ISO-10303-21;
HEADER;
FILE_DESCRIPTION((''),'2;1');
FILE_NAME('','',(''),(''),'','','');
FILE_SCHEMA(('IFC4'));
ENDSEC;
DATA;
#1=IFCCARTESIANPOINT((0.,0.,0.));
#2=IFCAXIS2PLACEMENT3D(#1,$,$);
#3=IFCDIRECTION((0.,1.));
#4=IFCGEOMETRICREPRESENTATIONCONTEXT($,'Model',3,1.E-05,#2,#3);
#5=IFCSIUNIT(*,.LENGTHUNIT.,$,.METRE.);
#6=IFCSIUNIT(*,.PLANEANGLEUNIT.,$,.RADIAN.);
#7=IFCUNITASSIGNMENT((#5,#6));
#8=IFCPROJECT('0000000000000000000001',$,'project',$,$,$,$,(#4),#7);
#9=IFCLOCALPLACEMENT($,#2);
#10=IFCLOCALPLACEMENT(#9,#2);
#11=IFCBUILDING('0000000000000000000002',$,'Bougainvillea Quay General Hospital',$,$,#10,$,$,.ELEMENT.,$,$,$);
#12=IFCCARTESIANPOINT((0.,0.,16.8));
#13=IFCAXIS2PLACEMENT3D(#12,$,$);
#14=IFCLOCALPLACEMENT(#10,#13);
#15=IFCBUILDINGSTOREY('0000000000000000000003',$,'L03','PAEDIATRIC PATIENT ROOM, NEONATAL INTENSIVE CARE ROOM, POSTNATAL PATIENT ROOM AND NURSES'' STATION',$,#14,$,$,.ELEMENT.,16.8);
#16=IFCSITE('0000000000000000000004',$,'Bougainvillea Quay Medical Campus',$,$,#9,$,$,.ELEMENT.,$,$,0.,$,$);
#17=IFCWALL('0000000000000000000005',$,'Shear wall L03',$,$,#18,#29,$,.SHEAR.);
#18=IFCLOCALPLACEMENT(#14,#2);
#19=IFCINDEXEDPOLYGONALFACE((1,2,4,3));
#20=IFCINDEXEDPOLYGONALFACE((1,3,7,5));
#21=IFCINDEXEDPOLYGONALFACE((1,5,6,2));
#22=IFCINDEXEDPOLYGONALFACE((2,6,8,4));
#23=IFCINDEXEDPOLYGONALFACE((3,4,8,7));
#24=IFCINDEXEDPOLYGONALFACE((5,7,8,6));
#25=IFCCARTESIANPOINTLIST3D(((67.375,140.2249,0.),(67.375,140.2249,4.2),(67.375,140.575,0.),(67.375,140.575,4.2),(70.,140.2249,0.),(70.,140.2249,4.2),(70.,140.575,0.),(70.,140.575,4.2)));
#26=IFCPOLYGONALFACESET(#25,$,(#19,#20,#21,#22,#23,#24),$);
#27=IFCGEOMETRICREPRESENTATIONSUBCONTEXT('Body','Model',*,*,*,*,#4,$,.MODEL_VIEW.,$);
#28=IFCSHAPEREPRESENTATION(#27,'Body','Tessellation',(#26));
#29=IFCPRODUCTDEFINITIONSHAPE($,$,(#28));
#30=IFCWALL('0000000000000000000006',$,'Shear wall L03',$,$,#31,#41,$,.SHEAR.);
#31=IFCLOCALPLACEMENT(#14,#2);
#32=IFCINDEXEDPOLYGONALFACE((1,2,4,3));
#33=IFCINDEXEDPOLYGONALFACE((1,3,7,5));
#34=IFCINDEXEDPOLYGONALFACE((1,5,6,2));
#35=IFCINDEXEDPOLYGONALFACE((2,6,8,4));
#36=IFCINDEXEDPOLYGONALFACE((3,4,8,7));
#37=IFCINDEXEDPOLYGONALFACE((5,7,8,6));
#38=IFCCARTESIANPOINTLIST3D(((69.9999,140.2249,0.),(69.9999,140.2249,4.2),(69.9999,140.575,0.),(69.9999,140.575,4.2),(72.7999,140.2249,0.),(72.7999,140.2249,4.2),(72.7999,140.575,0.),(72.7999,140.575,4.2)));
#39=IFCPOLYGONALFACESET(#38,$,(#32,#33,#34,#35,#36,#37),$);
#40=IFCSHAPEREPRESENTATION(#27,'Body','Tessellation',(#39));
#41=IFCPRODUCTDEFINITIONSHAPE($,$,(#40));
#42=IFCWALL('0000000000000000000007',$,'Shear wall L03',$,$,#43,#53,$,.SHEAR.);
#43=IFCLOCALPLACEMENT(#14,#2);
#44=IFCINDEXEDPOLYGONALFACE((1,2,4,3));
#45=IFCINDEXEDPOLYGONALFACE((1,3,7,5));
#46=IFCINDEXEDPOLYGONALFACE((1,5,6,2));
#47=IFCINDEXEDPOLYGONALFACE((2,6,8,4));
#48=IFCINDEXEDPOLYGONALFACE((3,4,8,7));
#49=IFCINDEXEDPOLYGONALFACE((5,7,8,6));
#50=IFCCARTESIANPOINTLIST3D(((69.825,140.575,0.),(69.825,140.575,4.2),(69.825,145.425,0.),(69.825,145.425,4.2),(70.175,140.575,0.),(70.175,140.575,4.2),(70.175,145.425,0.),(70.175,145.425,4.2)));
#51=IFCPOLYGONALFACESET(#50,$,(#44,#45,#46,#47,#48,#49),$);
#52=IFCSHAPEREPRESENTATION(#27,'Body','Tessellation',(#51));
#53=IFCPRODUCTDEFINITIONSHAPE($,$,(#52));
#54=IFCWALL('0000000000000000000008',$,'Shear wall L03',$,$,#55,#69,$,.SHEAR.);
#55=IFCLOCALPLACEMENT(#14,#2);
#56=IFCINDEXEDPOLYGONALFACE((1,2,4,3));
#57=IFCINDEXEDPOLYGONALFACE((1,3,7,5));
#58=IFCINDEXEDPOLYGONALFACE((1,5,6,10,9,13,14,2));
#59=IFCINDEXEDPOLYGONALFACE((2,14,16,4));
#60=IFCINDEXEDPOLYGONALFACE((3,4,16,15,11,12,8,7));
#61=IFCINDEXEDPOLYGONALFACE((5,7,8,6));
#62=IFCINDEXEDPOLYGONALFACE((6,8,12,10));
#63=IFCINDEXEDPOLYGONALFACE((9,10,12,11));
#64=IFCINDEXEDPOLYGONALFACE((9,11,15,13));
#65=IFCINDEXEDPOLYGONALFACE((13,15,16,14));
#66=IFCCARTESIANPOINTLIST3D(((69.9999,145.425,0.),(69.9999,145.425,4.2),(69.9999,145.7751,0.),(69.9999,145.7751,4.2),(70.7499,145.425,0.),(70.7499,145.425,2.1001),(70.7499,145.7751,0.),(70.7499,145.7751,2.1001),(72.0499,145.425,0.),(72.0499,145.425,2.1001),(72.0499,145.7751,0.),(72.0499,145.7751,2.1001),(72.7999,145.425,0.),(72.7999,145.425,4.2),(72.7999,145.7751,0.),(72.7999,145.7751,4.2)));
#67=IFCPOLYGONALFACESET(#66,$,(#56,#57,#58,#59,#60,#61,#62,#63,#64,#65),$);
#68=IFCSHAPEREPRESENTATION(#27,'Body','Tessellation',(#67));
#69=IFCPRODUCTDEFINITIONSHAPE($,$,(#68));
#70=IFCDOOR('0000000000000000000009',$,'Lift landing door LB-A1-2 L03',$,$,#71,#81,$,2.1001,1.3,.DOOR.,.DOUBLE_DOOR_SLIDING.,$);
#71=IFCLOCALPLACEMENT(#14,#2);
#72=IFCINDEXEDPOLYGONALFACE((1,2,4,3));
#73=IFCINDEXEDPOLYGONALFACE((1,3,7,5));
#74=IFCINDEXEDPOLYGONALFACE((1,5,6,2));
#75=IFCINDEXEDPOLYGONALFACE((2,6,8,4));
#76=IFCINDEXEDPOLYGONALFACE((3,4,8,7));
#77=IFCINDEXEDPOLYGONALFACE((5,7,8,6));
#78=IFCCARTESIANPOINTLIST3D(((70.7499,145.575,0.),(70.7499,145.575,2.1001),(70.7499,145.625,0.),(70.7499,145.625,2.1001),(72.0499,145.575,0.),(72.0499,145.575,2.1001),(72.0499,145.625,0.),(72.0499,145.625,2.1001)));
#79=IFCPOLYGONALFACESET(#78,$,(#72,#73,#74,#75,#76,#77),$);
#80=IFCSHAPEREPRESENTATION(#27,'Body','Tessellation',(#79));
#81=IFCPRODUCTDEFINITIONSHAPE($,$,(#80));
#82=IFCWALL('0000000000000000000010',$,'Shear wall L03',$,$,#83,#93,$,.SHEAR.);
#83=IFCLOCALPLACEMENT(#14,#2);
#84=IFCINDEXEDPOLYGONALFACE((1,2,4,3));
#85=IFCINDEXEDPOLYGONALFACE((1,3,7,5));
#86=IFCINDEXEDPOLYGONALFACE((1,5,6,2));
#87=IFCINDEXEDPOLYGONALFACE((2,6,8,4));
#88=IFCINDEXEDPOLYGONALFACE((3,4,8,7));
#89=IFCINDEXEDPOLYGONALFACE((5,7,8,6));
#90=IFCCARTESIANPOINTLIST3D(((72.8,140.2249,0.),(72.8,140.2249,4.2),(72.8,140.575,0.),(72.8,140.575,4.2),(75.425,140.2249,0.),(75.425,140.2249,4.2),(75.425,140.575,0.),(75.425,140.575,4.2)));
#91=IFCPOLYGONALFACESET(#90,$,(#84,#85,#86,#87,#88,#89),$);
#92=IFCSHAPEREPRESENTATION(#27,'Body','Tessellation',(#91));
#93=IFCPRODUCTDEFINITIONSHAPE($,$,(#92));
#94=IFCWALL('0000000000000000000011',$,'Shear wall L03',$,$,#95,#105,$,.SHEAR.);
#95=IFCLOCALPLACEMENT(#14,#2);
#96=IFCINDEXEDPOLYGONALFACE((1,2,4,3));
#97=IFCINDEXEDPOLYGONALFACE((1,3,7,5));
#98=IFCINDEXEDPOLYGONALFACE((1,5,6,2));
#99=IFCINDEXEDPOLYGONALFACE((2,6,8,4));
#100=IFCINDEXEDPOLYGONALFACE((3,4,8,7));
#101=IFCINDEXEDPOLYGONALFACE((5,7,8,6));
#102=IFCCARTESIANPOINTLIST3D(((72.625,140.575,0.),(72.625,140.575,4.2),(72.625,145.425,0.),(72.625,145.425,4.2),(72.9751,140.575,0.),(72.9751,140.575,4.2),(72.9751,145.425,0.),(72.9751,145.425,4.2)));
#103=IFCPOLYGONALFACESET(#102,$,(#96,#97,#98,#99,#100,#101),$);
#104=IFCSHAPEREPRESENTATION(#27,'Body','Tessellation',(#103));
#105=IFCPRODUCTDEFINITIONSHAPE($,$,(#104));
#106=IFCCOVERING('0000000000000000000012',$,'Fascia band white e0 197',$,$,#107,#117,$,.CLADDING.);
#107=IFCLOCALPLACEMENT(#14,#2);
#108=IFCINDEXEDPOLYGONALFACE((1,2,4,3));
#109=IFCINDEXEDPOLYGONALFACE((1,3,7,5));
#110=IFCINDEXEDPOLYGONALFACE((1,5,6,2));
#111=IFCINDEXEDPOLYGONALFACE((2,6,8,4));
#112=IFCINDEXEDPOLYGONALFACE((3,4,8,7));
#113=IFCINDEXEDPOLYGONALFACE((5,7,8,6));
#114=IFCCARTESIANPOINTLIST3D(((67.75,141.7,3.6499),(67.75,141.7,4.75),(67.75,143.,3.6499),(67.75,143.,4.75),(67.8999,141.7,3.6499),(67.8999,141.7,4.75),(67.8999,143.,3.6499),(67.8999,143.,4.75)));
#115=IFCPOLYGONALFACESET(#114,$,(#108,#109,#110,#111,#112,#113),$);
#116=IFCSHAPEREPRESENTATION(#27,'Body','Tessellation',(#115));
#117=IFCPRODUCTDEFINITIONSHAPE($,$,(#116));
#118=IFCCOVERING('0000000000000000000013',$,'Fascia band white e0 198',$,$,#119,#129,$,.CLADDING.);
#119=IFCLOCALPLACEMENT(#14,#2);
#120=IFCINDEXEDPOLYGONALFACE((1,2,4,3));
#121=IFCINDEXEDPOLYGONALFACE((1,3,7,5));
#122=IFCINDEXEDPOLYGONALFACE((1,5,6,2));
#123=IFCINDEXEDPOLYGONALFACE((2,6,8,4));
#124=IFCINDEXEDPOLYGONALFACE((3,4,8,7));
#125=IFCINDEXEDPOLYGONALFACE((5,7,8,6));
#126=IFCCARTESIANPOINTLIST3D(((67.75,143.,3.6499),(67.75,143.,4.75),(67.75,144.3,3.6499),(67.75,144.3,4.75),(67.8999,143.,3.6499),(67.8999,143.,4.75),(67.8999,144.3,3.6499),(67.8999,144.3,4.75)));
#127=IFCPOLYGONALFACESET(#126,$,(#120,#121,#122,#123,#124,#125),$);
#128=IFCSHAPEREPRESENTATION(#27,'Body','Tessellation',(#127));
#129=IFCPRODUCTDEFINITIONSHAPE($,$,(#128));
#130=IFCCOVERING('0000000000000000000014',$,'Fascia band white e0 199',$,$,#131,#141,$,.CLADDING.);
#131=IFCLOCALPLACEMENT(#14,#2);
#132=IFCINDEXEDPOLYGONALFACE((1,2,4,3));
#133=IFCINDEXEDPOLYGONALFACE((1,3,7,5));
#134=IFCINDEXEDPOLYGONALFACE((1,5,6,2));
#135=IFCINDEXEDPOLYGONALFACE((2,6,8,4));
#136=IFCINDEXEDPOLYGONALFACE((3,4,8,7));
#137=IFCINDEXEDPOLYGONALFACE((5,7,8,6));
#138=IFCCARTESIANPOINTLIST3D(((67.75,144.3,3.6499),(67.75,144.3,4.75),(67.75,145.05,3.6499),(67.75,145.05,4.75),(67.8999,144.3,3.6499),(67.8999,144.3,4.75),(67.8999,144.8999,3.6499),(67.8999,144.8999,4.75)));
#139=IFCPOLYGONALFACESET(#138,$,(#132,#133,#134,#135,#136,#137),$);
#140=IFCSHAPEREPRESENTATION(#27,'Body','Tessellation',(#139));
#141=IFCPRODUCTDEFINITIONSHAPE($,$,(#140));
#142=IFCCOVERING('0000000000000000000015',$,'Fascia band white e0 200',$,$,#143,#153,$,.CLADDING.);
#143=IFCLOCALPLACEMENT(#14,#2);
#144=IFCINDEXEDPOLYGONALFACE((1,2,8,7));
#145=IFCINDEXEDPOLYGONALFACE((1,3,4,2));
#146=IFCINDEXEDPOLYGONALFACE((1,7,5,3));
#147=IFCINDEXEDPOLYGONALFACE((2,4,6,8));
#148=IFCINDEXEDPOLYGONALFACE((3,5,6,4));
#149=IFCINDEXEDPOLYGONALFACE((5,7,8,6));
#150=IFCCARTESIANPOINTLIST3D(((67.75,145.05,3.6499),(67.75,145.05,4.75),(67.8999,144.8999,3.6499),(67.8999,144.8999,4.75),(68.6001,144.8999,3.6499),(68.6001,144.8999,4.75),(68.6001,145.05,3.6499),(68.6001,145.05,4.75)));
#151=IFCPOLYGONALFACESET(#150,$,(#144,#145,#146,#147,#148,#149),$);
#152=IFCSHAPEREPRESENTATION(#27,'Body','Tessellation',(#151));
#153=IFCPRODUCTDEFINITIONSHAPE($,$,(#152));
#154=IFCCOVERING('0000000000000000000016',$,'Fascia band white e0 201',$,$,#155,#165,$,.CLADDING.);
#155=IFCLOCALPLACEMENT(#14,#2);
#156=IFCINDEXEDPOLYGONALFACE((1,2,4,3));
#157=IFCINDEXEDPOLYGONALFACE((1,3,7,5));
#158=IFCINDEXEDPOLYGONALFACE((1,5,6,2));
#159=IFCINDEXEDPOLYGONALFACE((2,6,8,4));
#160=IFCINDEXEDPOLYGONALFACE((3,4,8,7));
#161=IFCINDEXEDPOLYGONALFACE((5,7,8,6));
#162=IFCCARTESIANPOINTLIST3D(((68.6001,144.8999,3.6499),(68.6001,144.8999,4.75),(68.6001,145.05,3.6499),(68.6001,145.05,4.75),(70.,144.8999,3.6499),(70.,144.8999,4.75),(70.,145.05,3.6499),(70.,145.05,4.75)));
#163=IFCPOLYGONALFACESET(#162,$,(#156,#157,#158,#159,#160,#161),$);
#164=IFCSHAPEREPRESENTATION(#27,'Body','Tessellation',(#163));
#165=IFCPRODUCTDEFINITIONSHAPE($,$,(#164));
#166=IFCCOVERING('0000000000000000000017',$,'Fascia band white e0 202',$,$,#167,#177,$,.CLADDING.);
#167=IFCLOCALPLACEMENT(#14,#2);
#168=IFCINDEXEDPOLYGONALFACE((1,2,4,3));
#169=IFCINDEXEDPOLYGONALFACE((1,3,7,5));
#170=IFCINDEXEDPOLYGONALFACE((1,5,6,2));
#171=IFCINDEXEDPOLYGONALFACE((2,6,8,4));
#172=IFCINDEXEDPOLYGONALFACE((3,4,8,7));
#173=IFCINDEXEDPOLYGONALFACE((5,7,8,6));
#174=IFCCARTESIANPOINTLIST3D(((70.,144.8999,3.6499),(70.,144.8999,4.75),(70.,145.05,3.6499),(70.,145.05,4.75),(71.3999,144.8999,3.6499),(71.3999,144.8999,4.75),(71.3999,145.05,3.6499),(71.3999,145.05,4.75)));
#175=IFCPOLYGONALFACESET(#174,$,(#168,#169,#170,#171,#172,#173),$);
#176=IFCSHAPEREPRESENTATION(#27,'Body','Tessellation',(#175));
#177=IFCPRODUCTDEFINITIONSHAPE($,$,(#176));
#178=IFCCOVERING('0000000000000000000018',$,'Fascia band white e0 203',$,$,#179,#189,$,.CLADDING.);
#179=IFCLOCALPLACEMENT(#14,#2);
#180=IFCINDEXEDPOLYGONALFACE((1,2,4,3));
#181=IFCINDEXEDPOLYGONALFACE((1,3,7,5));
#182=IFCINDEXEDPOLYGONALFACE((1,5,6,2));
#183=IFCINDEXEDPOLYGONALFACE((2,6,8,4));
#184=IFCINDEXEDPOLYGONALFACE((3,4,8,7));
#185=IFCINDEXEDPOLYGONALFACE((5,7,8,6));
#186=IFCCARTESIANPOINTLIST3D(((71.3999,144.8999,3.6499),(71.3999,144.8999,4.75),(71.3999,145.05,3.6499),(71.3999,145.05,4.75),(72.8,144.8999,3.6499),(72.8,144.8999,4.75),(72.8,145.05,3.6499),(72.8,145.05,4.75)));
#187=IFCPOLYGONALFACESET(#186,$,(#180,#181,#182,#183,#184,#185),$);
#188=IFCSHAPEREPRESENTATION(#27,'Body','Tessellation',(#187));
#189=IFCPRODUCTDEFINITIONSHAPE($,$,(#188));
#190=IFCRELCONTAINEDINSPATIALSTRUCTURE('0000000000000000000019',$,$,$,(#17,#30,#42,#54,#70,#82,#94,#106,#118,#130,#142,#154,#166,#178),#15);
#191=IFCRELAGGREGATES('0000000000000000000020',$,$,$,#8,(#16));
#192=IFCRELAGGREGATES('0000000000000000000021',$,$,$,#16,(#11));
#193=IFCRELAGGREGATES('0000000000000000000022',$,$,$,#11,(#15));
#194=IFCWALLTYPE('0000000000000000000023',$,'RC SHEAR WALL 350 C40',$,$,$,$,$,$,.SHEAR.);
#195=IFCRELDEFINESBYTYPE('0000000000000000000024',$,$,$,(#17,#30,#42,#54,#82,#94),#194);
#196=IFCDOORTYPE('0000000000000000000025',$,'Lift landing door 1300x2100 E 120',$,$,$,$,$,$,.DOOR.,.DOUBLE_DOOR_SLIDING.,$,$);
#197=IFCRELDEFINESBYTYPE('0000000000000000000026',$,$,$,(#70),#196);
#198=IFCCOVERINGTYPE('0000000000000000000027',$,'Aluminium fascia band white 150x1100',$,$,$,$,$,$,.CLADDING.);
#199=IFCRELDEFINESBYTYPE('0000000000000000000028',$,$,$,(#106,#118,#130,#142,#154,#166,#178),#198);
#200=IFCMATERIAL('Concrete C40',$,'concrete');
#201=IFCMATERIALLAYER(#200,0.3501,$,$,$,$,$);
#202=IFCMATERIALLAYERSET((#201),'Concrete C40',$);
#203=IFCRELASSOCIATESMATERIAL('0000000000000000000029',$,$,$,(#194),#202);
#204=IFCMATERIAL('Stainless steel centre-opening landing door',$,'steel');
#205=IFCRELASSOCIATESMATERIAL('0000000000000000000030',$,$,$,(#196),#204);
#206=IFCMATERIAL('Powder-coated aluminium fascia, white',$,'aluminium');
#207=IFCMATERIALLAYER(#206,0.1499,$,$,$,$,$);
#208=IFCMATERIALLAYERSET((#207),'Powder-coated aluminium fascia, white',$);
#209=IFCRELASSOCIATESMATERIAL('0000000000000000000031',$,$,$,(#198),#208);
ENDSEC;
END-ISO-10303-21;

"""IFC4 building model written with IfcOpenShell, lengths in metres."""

from ifc_helpers import new_model, si_unit, direction, frame, frame_2d, origin, place, context, subcontext, project, spatial, polyline, rectangle, outline, extrude, material, layer, layer_set, type_object, element, fill, save


model = new_model("IFC4")

# Units and contexts
model_context = context("Model", 3, precision=1e-05, world=origin(), true_north=direction((0.0, 1.0)))
body_context = subcontext(model_context, "Body", "Model", "MODEL_VIEW")
ifc_project = project(units=[si_unit("LENGTHUNIT", "METRE"), si_unit("PLANEANGLEUNIT", "RADIAN")], contexts=[model_context])

# Site, building, storey
site_placement = place(None, origin())
site = spatial("IfcSite", under=ifc_project, at=site_placement, Name="Bougainvillea Quay Medical Campus", CompositionType="ELEMENT", RefElevation=0.0)
building_placement = place(site_placement, origin())
building = spatial("IfcBuilding", under=site, at=building_placement, Name="Bougainvillea Quay General Hospital", CompositionType="ELEMENT")
storey_placement = place(building_placement, frame((0.0, 0.0, 16.8)))
storey = spatial("IfcBuildingStorey", under=building, at=storey_placement, Name="L03", Description="PAEDIATRIC PATIENT ROOM, NEONATAL INTENSIVE CARE ROOM, POSTNATAL PATIENT ROOM AND NURSES' STATION", CompositionType="ELEMENT", Elevation=16.8)

# Walls
ifc_material_1 = material(Name="Concrete C40", Category="concrete")
ifc_layer_1 = layer(ifc_material_1, 0.3501)
ifc_layer_set_1 = layer_set([ifc_layer_1], Name="Concrete C40")
wall_type = type_object("IfcWallType", Name="RC SHEAR WALL 350 C40", PredefinedType="SHEAR", material=ifc_layer_set_1)
wall_1_placement = place(storey_placement, frame((67.375, 140.3999, 0.0), z_axis=(0.0, 0.0, 1.0), x_axis=(1.0, 0.0, 0.0)))
element("IfcWall", 1, at=wall_1_placement, inside=storey, type_object=wall_type, Name="Shear wall L03", PredefinedType="SHEAR", context=body_context, shape_type="SweptSolid", body=[
    extrude(rectangle(XDim=2.625, YDim=0.3501, at=frame_2d((1.3125, 0.0))), origin(), (0.0, 0.0, 1.0), 4.2),
])
wall_2_placement = place(storey_placement, frame((70.0, 140.3999, 0.0), z_axis=(0.0, 0.0, 1.0), x_axis=(1.0, 0.0, 0.0)))
element("IfcWall", 2, at=wall_2_placement, inside=storey, type_object=wall_type, Name="Shear wall L03", PredefinedType="SHEAR", context=body_context, shape_type="SweptSolid", body=[
    extrude(rectangle(XDim=2.8, YDim=0.3501, at=frame_2d((1.3999, 0.0))), origin(), (0.0, 0.0, 1.0), 4.2),
])
wall_3_placement = place(storey_placement, frame((70.0, 140.575, 0.0), z_axis=(0.0, 0.0, 1.0), x_axis=(0.0, 1.0, 0.0)))
element("IfcWall", 3, at=wall_3_placement, inside=storey, type_object=wall_type, Name="Shear wall L03", PredefinedType="SHEAR", context=body_context, shape_type="SweptSolid", body=[
    extrude(rectangle(XDim=4.8501, YDim=0.3501, at=frame_2d((2.425, 0.0))), origin(), (0.0, 0.0, 1.0), 4.2),
])

# Wall, opening, door
wall_4_placement = place(storey_placement, frame((70.0, 145.6001, 0.0), z_axis=(0.0, 0.0, 1.0), x_axis=(1.0, 0.0, 0.0)))
wall_4 = element("IfcWall", 4, at=wall_4_placement, inside=storey, type_object=wall_type, Name="Shear wall L03", PredefinedType="SHEAR", context=body_context, shape_type="SweptSolid", body=[
    extrude(rectangle(XDim=2.8, YDim=0.3501, at=frame_2d((1.3999, 0.0))), origin(), (0.0, 0.0, 1.0), 4.2),
])
opening_placement = place(wall_4_placement, frame((0.75, 0.0, 0.0)))
opening = element("IfcOpeningElement", 5, at=opening_placement, cuts=wall_4, PredefinedType="OPENING", context=body_context, shape_type="SweptSolid", body=[
    extrude(rectangle(XDim=1.3, YDim=2.1001, at=frame_2d((0.6499, 1.05))), frame((0.0, 0.1851, 0.0), z_axis=(0.0, -1.0, 0.0), x_axis=(1.0, 0.0, 0.0)), (0.0, 0.0, 1.0), 0.3701),
])
ifc_material_2 = material(Name="Stainless steel centre-opening landing door", Category="steel")
door_type = type_object("IfcDoorType", Name="Lift landing door 1300x2100 E 120", OperationType="DOUBLE_DOOR_SLIDING", PredefinedType="DOOR", material=ifc_material_2)
door_placement = place(opening_placement, origin())
door = element("IfcDoor", 6, at=door_placement, inside=storey, type_object=door_type, Name="Lift landing door LB-A1-2 L03", OperationType="DOUBLE_DOOR_SLIDING", OverallHeight=2.1001, OverallWidth=1.3, PredefinedType="DOOR", context=body_context, shape_type="SweptSolid", body=[
    extrude(rectangle(XDim=1.3, YDim=2.1001, at=frame_2d((0.6499, 1.05))), frame((0.0, 0.0249, 0.0), z_axis=(0.0, -1.0, 0.0), x_axis=(1.0, 0.0, 0.0)), (0.0, 0.0, 1.0), 0.05),
])
fill(opening, door)

# Walls
wall_5_placement = place(storey_placement, frame((72.8, 140.3999, 0.0), z_axis=(0.0, 0.0, 1.0), x_axis=(1.0, 0.0, 0.0)))
element("IfcWall", 7, at=wall_5_placement, inside=storey, type_object=wall_type, Name="Shear wall L03", PredefinedType="SHEAR", context=body_context, shape_type="SweptSolid", body=[
    extrude(rectangle(XDim=2.625, YDim=0.3501, at=frame_2d((1.3125, 0.0))), origin(), (0.0, 0.0, 1.0), 4.2),
])
wall_6_placement = place(storey_placement, frame((72.8, 140.575, 0.0), z_axis=(0.0, 0.0, 1.0), x_axis=(0.0, 1.0, 0.0)))
element("IfcWall", 8, at=wall_6_placement, inside=storey, type_object=wall_type, Name="Shear wall L03", PredefinedType="SHEAR", context=body_context, shape_type="SweptSolid", body=[
    extrude(rectangle(XDim=4.8501, YDim=0.3501, at=frame_2d((2.425, 0.0))), origin(), (0.0, 0.0, 1.0), 4.2),
])

# Coverings
ifc_material_3 = material(Name="Powder-coated aluminium fascia, white", Category="aluminium")
ifc_layer_2 = layer(ifc_material_3, 0.1499)
ifc_layer_set_2 = layer_set([ifc_layer_2], Name="Powder-coated aluminium fascia, white")
covering_type = type_object("IfcCoveringType", Name="Aluminium fascia band white 150x1100", PredefinedType="CLADDING", material=ifc_layer_set_2)
for number, where, z_axis, x_axis, name in (
    (9, (67.75, 141.7, 3.6499), (0.0, 0.0, 1.0), (0.0, 1.0, 0.0), "Fascia band white e0 197"),
    (10, (67.75, 143.0, 3.6499), (0.0, 0.0, 1.0), (0.0, 1.0, 0.0), "Fascia band white e0 198"),
):
    element("IfcCovering", number, at=place(storey_placement, frame(where, z_axis=z_axis, x_axis=x_axis)), inside=storey, type_object=covering_type, Name=name, PredefinedType="CLADDING", context=body_context, shape_type="SweptSolid", body=[
        extrude(outline(polyline([(0.0, 0.0), (1.3, 0.0), (1.3, -0.1499), (0.0, -0.1499), (0.0, 0.0)])), origin(), (0.0, 0.0, 1.0), 1.1001),
    ])
covering_1_placement = place(storey_placement, frame((67.75, 144.3, 3.6499), z_axis=(0.0, 0.0, 1.0), x_axis=(0.0, 1.0, 0.0)))
element("IfcCovering", 11, at=covering_1_placement, inside=storey, type_object=covering_type, Name="Fascia band white e0 199", PredefinedType="CLADDING", context=body_context, shape_type="SweptSolid", body=[
    extrude(outline(polyline([(0.0, 0.0), (0.75, 0.0), (0.5999, -0.1499), (0.0, -0.1499), (0.0, 0.0)])), origin(), (0.0, 0.0, 1.0), 1.1001),
])
covering_2_placement = place(storey_placement, frame((67.75, 145.05, 3.6499), z_axis=(0.0, 0.0, 1.0), x_axis=(1.0, 0.0, 0.0)))
element("IfcCovering", 12, at=covering_2_placement, inside=storey, type_object=covering_type, Name="Fascia band white e0 200", PredefinedType="CLADDING", context=body_context, shape_type="SweptSolid", body=[
    extrude(outline(polyline([(0.0, 0.0), (0.8501, 0.0), (0.8501, -0.1501), (0.1499, -0.1501), (0.0, 0.0)])), origin(), (0.0, 0.0, 1.0), 1.1001),
])
for number, where, z_axis, x_axis, name in (
    (13, (68.6001, 145.05, 3.6499), (0.0, 0.0, 1.0), (1.0, 0.0, 0.0), "Fascia band white e0 201"),
    (14, (70.0, 145.05, 3.6499), (0.0, 0.0, 1.0), (1.0, 0.0, 0.0), "Fascia band white e0 202"),
):
    element("IfcCovering", number, at=place(storey_placement, frame(where, z_axis=z_axis, x_axis=x_axis)), inside=storey, type_object=covering_type, Name=name, PredefinedType="CLADDING", context=body_context, shape_type="SweptSolid", body=[
        extrude(outline(polyline([(0.0, 0.0), (1.3999, 0.0), (1.3999, -0.1501), (0.0, -0.1501), (0.0, 0.0)])), origin(), (0.0, 0.0, 1.0), 1.1001),
    ])
covering_3_placement = place(storey_placement, frame((71.3999, 145.05, 3.6499), z_axis=(0.0, 0.0, 1.0), x_axis=(1.0, 0.0, 0.0)))
element("IfcCovering", 15, at=covering_3_placement, inside=storey, type_object=covering_type, Name="Fascia band white e0 203", PredefinedType="CLADDING", context=body_context, shape_type="SweptSolid", body=[
    extrude(outline(polyline([(0.0, 0.0), (1.4001, 0.0), (1.4001, -0.1501), (0.0, -0.1501), (0.0, 0.0)])), origin(), (0.0, 0.0, 1.0), 1.1001),
])

save(model, "model.ifc")
